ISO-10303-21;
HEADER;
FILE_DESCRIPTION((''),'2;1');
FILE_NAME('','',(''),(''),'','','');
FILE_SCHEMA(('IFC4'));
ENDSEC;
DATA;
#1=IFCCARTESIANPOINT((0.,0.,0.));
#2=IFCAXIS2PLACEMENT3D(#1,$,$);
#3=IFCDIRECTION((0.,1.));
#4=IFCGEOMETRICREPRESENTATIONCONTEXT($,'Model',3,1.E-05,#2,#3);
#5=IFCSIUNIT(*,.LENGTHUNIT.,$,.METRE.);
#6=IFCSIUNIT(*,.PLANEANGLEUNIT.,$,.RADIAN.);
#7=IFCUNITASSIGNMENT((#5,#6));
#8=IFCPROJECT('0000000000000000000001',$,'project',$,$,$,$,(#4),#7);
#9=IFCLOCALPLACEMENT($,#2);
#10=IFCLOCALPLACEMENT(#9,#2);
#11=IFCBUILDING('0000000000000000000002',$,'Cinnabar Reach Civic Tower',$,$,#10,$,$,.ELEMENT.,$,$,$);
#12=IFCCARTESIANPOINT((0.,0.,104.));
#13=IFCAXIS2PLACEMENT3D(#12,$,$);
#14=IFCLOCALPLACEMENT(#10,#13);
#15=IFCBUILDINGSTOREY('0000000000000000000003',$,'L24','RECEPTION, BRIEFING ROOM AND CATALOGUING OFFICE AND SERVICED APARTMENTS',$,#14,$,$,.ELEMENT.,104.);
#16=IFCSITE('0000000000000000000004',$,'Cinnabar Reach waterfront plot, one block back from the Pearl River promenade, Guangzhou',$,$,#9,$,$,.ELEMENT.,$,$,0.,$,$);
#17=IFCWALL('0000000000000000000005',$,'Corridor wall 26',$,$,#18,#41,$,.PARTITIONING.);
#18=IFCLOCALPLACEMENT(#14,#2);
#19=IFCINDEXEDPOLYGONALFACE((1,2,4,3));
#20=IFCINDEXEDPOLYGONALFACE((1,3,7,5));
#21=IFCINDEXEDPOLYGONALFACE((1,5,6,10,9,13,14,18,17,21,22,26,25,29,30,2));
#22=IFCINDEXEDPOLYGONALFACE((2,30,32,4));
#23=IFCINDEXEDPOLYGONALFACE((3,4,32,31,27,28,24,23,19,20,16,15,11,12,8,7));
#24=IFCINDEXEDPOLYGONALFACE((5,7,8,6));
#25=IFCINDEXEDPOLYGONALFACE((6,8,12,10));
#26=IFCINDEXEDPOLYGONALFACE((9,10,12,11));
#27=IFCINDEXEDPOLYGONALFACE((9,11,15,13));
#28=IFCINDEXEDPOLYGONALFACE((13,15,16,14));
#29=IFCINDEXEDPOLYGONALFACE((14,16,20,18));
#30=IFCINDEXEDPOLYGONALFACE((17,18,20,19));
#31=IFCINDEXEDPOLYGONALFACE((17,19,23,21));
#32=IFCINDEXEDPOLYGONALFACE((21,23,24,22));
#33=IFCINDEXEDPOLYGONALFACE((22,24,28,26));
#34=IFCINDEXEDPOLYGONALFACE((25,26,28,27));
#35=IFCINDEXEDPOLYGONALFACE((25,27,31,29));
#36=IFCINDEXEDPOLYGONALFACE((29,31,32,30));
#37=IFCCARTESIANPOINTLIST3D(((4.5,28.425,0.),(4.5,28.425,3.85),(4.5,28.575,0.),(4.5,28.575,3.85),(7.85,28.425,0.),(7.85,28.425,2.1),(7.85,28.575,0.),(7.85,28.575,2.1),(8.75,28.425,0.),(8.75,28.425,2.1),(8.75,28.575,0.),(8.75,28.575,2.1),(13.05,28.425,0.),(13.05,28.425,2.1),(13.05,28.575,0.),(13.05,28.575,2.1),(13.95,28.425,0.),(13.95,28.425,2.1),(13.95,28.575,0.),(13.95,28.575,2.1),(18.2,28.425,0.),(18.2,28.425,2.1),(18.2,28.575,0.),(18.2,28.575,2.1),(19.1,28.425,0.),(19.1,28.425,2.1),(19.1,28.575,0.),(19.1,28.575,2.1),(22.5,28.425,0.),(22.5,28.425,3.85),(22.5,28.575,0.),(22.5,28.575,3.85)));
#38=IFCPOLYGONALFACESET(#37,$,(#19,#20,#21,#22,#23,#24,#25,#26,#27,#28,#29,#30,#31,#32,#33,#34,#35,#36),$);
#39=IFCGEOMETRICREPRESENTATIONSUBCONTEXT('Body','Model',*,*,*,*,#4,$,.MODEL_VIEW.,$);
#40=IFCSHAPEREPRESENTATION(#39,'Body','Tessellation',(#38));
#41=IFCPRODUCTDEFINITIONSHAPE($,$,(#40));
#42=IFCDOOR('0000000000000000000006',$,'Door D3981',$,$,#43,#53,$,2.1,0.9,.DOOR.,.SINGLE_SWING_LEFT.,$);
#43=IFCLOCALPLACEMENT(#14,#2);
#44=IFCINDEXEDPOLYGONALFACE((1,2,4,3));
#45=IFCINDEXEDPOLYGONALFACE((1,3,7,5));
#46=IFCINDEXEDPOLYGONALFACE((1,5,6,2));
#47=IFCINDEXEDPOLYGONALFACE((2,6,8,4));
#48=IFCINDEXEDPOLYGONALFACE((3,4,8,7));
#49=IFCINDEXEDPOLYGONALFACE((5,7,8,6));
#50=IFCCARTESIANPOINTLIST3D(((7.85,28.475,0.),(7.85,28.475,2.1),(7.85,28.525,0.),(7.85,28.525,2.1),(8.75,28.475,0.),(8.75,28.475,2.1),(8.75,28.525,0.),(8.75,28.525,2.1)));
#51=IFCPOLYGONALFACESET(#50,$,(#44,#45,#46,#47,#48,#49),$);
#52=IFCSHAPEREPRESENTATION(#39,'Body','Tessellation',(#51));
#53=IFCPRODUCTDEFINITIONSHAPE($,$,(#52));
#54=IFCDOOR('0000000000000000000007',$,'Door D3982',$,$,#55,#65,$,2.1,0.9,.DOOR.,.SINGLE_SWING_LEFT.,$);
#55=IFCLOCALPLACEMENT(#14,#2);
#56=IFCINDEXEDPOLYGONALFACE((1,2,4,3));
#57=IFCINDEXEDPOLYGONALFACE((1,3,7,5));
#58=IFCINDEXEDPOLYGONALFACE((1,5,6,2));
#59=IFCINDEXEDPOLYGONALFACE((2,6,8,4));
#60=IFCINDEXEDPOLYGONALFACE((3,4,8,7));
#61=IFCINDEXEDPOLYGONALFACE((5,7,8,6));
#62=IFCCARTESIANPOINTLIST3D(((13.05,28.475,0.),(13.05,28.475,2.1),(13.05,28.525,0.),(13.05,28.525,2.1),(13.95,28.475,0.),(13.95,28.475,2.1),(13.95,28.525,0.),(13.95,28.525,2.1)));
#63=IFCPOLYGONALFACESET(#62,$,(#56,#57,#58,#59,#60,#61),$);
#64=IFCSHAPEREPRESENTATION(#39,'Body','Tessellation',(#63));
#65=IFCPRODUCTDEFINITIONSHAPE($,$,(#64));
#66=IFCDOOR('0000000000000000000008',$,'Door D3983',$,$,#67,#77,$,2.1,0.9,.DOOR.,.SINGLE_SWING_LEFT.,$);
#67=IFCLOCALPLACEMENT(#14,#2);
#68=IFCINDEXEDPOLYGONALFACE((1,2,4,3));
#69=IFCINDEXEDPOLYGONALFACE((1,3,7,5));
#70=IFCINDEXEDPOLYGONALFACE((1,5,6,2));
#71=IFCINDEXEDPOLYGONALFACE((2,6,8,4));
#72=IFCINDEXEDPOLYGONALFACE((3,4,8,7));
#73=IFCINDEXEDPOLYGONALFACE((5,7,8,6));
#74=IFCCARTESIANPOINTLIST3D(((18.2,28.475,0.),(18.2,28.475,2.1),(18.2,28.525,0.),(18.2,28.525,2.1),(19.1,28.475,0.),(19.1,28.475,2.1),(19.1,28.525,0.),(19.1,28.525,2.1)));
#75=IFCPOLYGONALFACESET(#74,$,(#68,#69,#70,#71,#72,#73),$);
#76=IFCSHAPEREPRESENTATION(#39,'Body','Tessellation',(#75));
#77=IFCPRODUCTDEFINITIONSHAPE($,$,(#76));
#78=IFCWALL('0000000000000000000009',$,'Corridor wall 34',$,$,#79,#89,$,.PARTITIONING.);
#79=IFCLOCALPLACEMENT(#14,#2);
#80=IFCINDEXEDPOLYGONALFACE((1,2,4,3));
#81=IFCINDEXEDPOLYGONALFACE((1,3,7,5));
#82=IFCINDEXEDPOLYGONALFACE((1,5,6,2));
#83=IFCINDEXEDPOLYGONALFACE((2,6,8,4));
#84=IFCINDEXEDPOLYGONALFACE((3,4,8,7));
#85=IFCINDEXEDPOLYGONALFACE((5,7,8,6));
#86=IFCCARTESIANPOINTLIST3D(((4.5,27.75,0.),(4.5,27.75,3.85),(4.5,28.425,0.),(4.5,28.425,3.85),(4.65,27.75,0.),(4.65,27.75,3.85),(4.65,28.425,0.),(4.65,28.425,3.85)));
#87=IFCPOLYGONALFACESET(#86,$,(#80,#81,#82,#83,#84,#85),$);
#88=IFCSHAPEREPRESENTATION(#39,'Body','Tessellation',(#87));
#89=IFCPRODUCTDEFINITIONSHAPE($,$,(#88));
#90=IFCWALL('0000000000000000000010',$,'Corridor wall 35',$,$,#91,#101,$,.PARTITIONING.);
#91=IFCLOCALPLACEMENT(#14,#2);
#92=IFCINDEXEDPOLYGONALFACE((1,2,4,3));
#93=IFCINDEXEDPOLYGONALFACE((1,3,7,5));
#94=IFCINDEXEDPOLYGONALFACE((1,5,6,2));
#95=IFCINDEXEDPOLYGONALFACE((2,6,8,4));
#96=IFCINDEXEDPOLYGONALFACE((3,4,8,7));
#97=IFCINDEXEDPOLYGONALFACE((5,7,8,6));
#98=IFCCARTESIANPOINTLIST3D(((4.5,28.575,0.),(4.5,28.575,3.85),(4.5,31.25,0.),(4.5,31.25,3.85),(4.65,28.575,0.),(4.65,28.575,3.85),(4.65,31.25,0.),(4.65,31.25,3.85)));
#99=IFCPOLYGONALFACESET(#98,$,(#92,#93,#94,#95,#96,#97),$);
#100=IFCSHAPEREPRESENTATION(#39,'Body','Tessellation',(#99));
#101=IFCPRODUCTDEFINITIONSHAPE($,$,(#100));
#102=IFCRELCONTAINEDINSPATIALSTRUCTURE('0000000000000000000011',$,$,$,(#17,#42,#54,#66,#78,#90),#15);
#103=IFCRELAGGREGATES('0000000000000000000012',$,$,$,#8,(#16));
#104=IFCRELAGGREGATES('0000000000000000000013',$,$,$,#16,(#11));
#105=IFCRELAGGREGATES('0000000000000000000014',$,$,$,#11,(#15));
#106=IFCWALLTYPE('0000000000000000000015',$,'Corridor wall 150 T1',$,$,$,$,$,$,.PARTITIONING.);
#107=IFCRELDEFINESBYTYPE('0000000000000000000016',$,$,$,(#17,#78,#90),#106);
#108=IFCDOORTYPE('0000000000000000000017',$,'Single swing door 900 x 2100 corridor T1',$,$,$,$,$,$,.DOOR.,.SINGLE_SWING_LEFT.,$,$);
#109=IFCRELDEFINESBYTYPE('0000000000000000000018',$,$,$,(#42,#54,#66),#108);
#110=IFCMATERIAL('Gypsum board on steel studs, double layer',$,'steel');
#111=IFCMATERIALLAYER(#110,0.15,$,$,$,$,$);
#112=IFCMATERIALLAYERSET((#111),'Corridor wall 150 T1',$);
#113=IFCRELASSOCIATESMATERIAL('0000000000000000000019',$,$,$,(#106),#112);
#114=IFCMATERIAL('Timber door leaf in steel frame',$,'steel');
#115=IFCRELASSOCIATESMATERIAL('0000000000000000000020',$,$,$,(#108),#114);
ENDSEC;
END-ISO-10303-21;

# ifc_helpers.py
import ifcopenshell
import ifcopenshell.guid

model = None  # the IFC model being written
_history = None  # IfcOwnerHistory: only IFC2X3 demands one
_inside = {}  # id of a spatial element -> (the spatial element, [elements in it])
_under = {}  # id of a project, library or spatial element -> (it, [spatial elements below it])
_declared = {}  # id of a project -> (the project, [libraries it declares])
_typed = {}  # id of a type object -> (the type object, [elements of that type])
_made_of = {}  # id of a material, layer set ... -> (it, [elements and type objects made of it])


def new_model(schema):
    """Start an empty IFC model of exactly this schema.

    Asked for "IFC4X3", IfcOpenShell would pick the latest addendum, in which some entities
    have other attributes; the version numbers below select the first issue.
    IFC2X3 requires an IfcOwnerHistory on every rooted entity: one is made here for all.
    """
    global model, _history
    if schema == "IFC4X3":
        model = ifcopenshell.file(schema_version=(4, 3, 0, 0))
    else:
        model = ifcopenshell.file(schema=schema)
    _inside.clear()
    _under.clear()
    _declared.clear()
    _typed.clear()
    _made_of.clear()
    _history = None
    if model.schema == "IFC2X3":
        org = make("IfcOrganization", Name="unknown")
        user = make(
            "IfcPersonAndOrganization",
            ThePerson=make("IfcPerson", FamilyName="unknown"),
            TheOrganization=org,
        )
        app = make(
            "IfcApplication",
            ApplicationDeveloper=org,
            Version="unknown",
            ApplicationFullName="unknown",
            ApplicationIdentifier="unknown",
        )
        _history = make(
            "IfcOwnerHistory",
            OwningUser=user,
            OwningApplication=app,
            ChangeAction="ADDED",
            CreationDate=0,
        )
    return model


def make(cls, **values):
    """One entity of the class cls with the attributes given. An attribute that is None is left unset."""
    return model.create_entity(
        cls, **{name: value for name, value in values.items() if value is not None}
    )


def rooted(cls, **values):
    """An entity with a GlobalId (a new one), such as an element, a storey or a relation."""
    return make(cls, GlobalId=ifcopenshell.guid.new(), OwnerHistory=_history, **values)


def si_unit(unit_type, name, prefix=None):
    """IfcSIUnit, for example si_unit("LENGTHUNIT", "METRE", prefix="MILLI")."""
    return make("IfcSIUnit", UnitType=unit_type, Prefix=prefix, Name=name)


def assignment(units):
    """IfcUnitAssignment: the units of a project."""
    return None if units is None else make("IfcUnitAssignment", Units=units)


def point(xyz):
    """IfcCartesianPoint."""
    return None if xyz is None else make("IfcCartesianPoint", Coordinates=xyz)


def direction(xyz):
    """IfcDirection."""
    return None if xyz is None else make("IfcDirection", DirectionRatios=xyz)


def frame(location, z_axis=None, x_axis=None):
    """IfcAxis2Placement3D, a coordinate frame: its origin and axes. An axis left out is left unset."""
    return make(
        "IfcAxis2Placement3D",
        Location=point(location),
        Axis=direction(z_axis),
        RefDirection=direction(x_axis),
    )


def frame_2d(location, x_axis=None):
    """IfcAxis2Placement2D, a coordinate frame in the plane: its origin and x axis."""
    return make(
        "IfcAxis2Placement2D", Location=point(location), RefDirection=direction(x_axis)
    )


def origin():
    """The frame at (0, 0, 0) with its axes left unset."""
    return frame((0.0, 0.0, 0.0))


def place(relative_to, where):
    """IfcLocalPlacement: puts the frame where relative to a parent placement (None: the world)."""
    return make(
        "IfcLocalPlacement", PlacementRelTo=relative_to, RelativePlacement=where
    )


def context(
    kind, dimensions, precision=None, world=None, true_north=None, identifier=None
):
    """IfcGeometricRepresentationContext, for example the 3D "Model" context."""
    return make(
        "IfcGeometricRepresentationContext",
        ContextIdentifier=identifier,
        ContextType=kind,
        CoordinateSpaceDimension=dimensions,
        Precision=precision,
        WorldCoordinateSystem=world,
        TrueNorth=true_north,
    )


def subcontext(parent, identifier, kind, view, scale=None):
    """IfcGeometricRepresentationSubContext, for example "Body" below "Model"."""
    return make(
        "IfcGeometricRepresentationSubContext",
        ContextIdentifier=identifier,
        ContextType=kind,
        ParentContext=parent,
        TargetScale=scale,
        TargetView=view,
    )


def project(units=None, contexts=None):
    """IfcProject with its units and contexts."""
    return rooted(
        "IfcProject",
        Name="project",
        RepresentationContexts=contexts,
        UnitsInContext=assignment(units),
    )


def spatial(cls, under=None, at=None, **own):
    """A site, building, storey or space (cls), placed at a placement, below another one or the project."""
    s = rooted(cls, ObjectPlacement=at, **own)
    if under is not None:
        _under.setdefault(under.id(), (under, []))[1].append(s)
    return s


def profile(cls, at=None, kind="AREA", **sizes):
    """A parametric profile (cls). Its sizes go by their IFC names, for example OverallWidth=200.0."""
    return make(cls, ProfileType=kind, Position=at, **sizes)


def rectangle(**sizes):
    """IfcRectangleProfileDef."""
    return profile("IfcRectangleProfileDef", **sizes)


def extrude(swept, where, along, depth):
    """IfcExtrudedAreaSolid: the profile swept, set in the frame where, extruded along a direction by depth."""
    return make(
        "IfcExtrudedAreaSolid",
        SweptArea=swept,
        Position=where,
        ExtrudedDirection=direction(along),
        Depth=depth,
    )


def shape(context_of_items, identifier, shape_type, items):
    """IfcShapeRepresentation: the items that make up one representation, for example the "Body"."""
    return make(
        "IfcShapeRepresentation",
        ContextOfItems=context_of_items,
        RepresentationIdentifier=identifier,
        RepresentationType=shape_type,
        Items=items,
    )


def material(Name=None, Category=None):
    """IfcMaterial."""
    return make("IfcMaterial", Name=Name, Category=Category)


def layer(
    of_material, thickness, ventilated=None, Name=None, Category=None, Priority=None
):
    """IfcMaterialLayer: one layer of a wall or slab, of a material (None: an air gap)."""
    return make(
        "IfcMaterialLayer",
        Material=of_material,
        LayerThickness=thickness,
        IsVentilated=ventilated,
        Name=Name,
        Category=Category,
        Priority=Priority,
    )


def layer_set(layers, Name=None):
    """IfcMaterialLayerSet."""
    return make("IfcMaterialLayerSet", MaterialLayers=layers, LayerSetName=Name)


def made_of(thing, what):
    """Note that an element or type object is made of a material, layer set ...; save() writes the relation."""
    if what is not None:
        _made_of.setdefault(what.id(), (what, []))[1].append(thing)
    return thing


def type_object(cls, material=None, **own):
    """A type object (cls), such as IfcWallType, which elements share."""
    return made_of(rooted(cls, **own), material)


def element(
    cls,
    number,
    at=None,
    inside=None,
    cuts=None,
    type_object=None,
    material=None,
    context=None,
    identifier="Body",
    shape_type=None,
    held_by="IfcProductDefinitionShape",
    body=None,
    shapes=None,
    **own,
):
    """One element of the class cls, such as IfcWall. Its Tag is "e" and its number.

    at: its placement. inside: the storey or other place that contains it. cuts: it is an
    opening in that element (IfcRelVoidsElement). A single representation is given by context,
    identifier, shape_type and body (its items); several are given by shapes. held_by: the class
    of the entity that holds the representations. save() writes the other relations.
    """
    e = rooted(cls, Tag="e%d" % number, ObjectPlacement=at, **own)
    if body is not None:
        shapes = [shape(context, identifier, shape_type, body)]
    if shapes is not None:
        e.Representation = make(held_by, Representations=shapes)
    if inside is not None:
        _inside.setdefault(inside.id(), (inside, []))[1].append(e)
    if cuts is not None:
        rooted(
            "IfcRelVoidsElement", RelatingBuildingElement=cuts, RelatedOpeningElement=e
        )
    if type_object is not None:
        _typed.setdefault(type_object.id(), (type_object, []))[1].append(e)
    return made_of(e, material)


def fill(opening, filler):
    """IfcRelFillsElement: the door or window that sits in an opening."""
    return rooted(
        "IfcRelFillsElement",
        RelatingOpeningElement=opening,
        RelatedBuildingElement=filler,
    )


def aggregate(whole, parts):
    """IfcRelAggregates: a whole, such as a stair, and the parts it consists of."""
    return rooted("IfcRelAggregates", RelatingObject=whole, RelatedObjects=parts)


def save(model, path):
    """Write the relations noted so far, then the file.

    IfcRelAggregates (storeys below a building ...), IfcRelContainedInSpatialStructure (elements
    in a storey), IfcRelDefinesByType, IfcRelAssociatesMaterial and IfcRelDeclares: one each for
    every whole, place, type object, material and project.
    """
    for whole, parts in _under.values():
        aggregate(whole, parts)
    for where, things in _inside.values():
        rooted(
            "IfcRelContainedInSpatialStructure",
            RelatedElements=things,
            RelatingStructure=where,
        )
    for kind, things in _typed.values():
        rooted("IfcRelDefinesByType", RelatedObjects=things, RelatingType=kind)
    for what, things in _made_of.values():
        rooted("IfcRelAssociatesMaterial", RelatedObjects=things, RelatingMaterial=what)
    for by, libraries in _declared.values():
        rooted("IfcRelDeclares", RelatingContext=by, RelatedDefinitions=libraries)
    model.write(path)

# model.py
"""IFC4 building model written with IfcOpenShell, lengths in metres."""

from ifc_helpers import new_model, si_unit, direction, frame, frame_2d, origin, place, context, subcontext, project, spatial, rectangle, extrude, material, layer, layer_set, type_object, element, fill, save


model = new_model("IFC4")

# Units and contexts
model_context = context("Model", 3, precision=1e-05, world=origin(), true_north=direction((0.0, 1.0)))
body_context = subcontext(model_context, "Body", "Model", "MODEL_VIEW")
ifc_project = project(units=[si_unit("LENGTHUNIT", "METRE"), si_unit("PLANEANGLEUNIT", "RADIAN")], contexts=[model_context])

# Site, building, storey
site_placement = place(None, origin())
site = spatial("IfcSite", under=ifc_project, at=site_placement, Name="Cinnabar Reach waterfront plot, one block back from the Pearl River promenade, Guangzhou", CompositionType="ELEMENT", RefElevation=0.0)
building_placement = place(site_placement, origin())
building = spatial("IfcBuilding", under=site, at=building_placement, Name="Cinnabar Reach Civic Tower", CompositionType="ELEMENT")
storey_placement = place(building_placement, frame((0.0, 0.0, 104.0)))
storey = spatial("IfcBuildingStorey", under=building, at=storey_placement, Name="L24", Description="RECEPTION, BRIEFING ROOM AND CATALOGUING OFFICE AND SERVICED APARTMENTS", CompositionType="ELEMENT", Elevation=104.0)

# Shared definitions
ifc_material_1 = material(Name="Gypsum board on steel studs, double layer", Category="steel")
ifc_layer_1 = layer(ifc_material_1, 0.15)
ifc_layer_set_1 = layer_set([ifc_layer_1], Name="Corridor wall 150 T1")
wall_type_1 = type_object("IfcWallType", Name="Corridor wall 150 T1", PredefinedType="PARTITIONING", material=ifc_layer_set_1)

# Wall, openings, doors
wall_1_placement = place(storey_placement, frame((4.5, 28.5, 0.0), z_axis=(0.0, 0.0, 1.0), x_axis=(1.0, 0.0, 0.0)))
wall_1 = element("IfcWall", 1, at=wall_1_placement, inside=storey, type_object=wall_type_1, Name="Corridor wall 26", PredefinedType="PARTITIONING", context=body_context, shape_type="SweptSolid", body=[
    extrude(rectangle(XDim=18.0, YDim=0.15, at=frame_2d((9.0, 0.0))), origin(), (0.0, 0.0, 1.0), 3.85),
])
opening_1_placement = place(wall_1_placement, frame((3.35, 0.0, 0.0)))
opening_1 = element("IfcOpeningElement", 2, at=opening_1_placement, cuts=wall_1, PredefinedType="OPENING", context=body_context, shape_type="SweptSolid", body=[
    extrude(rectangle(XDim=0.9, YDim=2.1, at=frame_2d((0.45, 1.05))), frame((0.0, 0.085, 0.0), z_axis=(0.0, -1.0, 0.0), x_axis=(1.0, 0.0, 0.0)), (0.0, 0.0, 1.0), 0.17),
])
opening_2_placement = place(wall_1_placement, frame((8.55, 0.0, 0.0)))
opening_2 = element("IfcOpeningElement", 3, at=opening_2_placement, cuts=wall_1, PredefinedType="OPENING", context=body_context, shape_type="SweptSolid", body=[
    extrude(rectangle(XDim=0.9, YDim=2.1, at=frame_2d((0.45, 1.05))), frame((0.0, 0.085, 0.0), z_axis=(0.0, -1.0, 0.0), x_axis=(1.0, 0.0, 0.0)), (0.0, 0.0, 1.0), 0.17),
])
opening_3_placement = place(wall_1_placement, frame((13.7, 0.0, 0.0)))
opening_3 = element("IfcOpeningElement", 4, at=opening_3_placement, cuts=wall_1, PredefinedType="OPENING", context=body_context, shape_type="SweptSolid", body=[
    extrude(rectangle(XDim=0.9, YDim=2.1, at=frame_2d((0.45, 1.05))), frame((0.0, 0.085, 0.0), z_axis=(0.0, -1.0, 0.0), x_axis=(1.0, 0.0, 0.0)), (0.0, 0.0, 1.0), 0.17),
])
ifc_material_2 = material(Name="Timber door leaf in steel frame", Category="steel")
door_type_1 = type_object("IfcDoorType", Name="Single swing door 900 x 2100 corridor T1", OperationType="SINGLE_SWING_LEFT", PredefinedType="DOOR", material=ifc_material_2)
door_1_placement = place(opening_1_placement, origin())
door_1 = element("IfcDoor", 5, at=door_1_placement, inside=storey, type_object=door_type_1, Name="Door D3981", OperationType="SINGLE_SWING_LEFT", OverallHeight=2.1, OverallWidth=0.9, PredefinedType="DOOR", context=body_context, shape_type="SweptSolid", body=[
    extrude(rectangle(XDim=0.9, YDim=2.1, at=frame_2d((0.45, 1.05))), frame((0.0, 0.025, 0.0), z_axis=(0.0, -1.0, 0.0), x_axis=(1.0, 0.0, 0.0)), (0.0, 0.0, 1.0), 0.05),
])
fill(opening_1, door_1)
door_2_placement = place(opening_2_placement, origin())
door_2 = element("IfcDoor", 6, at=door_2_placement, inside=storey, type_object=door_type_1, Name="Door D3982", OperationType="SINGLE_SWING_LEFT", OverallHeight=2.1, OverallWidth=0.9, PredefinedType="DOOR", context=body_context, shape_type="SweptSolid", body=[
    extrude(rectangle(XDim=0.9, YDim=2.1, at=frame_2d((0.45, 1.05))), frame((0.0, 0.025, 0.0), z_axis=(0.0, -1.0, 0.0), x_axis=(1.0, 0.0, 0.0)), (0.0, 0.0, 1.0), 0.05),
])
fill(opening_2, door_2)
door_3_placement = place(opening_3_placement, origin())
door_3 = element("IfcDoor", 7, at=door_3_placement, inside=storey, type_object=door_type_1, Name="Door D3983", OperationType="SINGLE_SWING_LEFT", OverallHeight=2.1, OverallWidth=0.9, PredefinedType="DOOR", context=body_context, shape_type="SweptSolid", body=[
    extrude(rectangle(XDim=0.9, YDim=2.1, at=frame_2d((0.45, 1.05))), frame((0.0, 0.025, 0.0), z_axis=(0.0, -1.0, 0.0), x_axis=(1.0, 0.0, 0.0)), (0.0, 0.0, 1.0), 0.05),
])
fill(opening_3, door_3)

# Walls
wall_2_placement = place(storey_placement, frame((4.575, 27.75, 0.0), z_axis=(0.0, 0.0, 1.0), x_axis=(0.0, 1.0, 0.0)))
element("IfcWall", 8, at=wall_2_placement, inside=storey, type_object=wall_type_1, Name="Corridor wall 34", PredefinedType="PARTITIONING", context=body_context, shape_type="SweptSolid", body=[
    extrude(rectangle(XDim=0.675, YDim=0.15, at=frame_2d((0.3375, 0.0))), origin(), (0.0, 0.0, 1.0), 3.85),
])
wall_3_placement = place(storey_placement, frame((4.575, 28.575, 0.0), z_axis=(0.0, 0.0, 1.0), x_axis=(0.0, 1.0, 0.0)))
element("IfcWall", 9, at=wall_3_placement, inside=storey, type_object=wall_type_1, Name="Corridor wall 35", PredefinedType="PARTITIONING", context=body_context, shape_type="SweptSolid", body=[
    extrude(rectangle(XDim=2.675, YDim=0.15, at=frame_2d((1.3375, 0.0))), origin(), (0.0, 0.0, 1.0), 3.85),
])

save(model, "model.ifc")
